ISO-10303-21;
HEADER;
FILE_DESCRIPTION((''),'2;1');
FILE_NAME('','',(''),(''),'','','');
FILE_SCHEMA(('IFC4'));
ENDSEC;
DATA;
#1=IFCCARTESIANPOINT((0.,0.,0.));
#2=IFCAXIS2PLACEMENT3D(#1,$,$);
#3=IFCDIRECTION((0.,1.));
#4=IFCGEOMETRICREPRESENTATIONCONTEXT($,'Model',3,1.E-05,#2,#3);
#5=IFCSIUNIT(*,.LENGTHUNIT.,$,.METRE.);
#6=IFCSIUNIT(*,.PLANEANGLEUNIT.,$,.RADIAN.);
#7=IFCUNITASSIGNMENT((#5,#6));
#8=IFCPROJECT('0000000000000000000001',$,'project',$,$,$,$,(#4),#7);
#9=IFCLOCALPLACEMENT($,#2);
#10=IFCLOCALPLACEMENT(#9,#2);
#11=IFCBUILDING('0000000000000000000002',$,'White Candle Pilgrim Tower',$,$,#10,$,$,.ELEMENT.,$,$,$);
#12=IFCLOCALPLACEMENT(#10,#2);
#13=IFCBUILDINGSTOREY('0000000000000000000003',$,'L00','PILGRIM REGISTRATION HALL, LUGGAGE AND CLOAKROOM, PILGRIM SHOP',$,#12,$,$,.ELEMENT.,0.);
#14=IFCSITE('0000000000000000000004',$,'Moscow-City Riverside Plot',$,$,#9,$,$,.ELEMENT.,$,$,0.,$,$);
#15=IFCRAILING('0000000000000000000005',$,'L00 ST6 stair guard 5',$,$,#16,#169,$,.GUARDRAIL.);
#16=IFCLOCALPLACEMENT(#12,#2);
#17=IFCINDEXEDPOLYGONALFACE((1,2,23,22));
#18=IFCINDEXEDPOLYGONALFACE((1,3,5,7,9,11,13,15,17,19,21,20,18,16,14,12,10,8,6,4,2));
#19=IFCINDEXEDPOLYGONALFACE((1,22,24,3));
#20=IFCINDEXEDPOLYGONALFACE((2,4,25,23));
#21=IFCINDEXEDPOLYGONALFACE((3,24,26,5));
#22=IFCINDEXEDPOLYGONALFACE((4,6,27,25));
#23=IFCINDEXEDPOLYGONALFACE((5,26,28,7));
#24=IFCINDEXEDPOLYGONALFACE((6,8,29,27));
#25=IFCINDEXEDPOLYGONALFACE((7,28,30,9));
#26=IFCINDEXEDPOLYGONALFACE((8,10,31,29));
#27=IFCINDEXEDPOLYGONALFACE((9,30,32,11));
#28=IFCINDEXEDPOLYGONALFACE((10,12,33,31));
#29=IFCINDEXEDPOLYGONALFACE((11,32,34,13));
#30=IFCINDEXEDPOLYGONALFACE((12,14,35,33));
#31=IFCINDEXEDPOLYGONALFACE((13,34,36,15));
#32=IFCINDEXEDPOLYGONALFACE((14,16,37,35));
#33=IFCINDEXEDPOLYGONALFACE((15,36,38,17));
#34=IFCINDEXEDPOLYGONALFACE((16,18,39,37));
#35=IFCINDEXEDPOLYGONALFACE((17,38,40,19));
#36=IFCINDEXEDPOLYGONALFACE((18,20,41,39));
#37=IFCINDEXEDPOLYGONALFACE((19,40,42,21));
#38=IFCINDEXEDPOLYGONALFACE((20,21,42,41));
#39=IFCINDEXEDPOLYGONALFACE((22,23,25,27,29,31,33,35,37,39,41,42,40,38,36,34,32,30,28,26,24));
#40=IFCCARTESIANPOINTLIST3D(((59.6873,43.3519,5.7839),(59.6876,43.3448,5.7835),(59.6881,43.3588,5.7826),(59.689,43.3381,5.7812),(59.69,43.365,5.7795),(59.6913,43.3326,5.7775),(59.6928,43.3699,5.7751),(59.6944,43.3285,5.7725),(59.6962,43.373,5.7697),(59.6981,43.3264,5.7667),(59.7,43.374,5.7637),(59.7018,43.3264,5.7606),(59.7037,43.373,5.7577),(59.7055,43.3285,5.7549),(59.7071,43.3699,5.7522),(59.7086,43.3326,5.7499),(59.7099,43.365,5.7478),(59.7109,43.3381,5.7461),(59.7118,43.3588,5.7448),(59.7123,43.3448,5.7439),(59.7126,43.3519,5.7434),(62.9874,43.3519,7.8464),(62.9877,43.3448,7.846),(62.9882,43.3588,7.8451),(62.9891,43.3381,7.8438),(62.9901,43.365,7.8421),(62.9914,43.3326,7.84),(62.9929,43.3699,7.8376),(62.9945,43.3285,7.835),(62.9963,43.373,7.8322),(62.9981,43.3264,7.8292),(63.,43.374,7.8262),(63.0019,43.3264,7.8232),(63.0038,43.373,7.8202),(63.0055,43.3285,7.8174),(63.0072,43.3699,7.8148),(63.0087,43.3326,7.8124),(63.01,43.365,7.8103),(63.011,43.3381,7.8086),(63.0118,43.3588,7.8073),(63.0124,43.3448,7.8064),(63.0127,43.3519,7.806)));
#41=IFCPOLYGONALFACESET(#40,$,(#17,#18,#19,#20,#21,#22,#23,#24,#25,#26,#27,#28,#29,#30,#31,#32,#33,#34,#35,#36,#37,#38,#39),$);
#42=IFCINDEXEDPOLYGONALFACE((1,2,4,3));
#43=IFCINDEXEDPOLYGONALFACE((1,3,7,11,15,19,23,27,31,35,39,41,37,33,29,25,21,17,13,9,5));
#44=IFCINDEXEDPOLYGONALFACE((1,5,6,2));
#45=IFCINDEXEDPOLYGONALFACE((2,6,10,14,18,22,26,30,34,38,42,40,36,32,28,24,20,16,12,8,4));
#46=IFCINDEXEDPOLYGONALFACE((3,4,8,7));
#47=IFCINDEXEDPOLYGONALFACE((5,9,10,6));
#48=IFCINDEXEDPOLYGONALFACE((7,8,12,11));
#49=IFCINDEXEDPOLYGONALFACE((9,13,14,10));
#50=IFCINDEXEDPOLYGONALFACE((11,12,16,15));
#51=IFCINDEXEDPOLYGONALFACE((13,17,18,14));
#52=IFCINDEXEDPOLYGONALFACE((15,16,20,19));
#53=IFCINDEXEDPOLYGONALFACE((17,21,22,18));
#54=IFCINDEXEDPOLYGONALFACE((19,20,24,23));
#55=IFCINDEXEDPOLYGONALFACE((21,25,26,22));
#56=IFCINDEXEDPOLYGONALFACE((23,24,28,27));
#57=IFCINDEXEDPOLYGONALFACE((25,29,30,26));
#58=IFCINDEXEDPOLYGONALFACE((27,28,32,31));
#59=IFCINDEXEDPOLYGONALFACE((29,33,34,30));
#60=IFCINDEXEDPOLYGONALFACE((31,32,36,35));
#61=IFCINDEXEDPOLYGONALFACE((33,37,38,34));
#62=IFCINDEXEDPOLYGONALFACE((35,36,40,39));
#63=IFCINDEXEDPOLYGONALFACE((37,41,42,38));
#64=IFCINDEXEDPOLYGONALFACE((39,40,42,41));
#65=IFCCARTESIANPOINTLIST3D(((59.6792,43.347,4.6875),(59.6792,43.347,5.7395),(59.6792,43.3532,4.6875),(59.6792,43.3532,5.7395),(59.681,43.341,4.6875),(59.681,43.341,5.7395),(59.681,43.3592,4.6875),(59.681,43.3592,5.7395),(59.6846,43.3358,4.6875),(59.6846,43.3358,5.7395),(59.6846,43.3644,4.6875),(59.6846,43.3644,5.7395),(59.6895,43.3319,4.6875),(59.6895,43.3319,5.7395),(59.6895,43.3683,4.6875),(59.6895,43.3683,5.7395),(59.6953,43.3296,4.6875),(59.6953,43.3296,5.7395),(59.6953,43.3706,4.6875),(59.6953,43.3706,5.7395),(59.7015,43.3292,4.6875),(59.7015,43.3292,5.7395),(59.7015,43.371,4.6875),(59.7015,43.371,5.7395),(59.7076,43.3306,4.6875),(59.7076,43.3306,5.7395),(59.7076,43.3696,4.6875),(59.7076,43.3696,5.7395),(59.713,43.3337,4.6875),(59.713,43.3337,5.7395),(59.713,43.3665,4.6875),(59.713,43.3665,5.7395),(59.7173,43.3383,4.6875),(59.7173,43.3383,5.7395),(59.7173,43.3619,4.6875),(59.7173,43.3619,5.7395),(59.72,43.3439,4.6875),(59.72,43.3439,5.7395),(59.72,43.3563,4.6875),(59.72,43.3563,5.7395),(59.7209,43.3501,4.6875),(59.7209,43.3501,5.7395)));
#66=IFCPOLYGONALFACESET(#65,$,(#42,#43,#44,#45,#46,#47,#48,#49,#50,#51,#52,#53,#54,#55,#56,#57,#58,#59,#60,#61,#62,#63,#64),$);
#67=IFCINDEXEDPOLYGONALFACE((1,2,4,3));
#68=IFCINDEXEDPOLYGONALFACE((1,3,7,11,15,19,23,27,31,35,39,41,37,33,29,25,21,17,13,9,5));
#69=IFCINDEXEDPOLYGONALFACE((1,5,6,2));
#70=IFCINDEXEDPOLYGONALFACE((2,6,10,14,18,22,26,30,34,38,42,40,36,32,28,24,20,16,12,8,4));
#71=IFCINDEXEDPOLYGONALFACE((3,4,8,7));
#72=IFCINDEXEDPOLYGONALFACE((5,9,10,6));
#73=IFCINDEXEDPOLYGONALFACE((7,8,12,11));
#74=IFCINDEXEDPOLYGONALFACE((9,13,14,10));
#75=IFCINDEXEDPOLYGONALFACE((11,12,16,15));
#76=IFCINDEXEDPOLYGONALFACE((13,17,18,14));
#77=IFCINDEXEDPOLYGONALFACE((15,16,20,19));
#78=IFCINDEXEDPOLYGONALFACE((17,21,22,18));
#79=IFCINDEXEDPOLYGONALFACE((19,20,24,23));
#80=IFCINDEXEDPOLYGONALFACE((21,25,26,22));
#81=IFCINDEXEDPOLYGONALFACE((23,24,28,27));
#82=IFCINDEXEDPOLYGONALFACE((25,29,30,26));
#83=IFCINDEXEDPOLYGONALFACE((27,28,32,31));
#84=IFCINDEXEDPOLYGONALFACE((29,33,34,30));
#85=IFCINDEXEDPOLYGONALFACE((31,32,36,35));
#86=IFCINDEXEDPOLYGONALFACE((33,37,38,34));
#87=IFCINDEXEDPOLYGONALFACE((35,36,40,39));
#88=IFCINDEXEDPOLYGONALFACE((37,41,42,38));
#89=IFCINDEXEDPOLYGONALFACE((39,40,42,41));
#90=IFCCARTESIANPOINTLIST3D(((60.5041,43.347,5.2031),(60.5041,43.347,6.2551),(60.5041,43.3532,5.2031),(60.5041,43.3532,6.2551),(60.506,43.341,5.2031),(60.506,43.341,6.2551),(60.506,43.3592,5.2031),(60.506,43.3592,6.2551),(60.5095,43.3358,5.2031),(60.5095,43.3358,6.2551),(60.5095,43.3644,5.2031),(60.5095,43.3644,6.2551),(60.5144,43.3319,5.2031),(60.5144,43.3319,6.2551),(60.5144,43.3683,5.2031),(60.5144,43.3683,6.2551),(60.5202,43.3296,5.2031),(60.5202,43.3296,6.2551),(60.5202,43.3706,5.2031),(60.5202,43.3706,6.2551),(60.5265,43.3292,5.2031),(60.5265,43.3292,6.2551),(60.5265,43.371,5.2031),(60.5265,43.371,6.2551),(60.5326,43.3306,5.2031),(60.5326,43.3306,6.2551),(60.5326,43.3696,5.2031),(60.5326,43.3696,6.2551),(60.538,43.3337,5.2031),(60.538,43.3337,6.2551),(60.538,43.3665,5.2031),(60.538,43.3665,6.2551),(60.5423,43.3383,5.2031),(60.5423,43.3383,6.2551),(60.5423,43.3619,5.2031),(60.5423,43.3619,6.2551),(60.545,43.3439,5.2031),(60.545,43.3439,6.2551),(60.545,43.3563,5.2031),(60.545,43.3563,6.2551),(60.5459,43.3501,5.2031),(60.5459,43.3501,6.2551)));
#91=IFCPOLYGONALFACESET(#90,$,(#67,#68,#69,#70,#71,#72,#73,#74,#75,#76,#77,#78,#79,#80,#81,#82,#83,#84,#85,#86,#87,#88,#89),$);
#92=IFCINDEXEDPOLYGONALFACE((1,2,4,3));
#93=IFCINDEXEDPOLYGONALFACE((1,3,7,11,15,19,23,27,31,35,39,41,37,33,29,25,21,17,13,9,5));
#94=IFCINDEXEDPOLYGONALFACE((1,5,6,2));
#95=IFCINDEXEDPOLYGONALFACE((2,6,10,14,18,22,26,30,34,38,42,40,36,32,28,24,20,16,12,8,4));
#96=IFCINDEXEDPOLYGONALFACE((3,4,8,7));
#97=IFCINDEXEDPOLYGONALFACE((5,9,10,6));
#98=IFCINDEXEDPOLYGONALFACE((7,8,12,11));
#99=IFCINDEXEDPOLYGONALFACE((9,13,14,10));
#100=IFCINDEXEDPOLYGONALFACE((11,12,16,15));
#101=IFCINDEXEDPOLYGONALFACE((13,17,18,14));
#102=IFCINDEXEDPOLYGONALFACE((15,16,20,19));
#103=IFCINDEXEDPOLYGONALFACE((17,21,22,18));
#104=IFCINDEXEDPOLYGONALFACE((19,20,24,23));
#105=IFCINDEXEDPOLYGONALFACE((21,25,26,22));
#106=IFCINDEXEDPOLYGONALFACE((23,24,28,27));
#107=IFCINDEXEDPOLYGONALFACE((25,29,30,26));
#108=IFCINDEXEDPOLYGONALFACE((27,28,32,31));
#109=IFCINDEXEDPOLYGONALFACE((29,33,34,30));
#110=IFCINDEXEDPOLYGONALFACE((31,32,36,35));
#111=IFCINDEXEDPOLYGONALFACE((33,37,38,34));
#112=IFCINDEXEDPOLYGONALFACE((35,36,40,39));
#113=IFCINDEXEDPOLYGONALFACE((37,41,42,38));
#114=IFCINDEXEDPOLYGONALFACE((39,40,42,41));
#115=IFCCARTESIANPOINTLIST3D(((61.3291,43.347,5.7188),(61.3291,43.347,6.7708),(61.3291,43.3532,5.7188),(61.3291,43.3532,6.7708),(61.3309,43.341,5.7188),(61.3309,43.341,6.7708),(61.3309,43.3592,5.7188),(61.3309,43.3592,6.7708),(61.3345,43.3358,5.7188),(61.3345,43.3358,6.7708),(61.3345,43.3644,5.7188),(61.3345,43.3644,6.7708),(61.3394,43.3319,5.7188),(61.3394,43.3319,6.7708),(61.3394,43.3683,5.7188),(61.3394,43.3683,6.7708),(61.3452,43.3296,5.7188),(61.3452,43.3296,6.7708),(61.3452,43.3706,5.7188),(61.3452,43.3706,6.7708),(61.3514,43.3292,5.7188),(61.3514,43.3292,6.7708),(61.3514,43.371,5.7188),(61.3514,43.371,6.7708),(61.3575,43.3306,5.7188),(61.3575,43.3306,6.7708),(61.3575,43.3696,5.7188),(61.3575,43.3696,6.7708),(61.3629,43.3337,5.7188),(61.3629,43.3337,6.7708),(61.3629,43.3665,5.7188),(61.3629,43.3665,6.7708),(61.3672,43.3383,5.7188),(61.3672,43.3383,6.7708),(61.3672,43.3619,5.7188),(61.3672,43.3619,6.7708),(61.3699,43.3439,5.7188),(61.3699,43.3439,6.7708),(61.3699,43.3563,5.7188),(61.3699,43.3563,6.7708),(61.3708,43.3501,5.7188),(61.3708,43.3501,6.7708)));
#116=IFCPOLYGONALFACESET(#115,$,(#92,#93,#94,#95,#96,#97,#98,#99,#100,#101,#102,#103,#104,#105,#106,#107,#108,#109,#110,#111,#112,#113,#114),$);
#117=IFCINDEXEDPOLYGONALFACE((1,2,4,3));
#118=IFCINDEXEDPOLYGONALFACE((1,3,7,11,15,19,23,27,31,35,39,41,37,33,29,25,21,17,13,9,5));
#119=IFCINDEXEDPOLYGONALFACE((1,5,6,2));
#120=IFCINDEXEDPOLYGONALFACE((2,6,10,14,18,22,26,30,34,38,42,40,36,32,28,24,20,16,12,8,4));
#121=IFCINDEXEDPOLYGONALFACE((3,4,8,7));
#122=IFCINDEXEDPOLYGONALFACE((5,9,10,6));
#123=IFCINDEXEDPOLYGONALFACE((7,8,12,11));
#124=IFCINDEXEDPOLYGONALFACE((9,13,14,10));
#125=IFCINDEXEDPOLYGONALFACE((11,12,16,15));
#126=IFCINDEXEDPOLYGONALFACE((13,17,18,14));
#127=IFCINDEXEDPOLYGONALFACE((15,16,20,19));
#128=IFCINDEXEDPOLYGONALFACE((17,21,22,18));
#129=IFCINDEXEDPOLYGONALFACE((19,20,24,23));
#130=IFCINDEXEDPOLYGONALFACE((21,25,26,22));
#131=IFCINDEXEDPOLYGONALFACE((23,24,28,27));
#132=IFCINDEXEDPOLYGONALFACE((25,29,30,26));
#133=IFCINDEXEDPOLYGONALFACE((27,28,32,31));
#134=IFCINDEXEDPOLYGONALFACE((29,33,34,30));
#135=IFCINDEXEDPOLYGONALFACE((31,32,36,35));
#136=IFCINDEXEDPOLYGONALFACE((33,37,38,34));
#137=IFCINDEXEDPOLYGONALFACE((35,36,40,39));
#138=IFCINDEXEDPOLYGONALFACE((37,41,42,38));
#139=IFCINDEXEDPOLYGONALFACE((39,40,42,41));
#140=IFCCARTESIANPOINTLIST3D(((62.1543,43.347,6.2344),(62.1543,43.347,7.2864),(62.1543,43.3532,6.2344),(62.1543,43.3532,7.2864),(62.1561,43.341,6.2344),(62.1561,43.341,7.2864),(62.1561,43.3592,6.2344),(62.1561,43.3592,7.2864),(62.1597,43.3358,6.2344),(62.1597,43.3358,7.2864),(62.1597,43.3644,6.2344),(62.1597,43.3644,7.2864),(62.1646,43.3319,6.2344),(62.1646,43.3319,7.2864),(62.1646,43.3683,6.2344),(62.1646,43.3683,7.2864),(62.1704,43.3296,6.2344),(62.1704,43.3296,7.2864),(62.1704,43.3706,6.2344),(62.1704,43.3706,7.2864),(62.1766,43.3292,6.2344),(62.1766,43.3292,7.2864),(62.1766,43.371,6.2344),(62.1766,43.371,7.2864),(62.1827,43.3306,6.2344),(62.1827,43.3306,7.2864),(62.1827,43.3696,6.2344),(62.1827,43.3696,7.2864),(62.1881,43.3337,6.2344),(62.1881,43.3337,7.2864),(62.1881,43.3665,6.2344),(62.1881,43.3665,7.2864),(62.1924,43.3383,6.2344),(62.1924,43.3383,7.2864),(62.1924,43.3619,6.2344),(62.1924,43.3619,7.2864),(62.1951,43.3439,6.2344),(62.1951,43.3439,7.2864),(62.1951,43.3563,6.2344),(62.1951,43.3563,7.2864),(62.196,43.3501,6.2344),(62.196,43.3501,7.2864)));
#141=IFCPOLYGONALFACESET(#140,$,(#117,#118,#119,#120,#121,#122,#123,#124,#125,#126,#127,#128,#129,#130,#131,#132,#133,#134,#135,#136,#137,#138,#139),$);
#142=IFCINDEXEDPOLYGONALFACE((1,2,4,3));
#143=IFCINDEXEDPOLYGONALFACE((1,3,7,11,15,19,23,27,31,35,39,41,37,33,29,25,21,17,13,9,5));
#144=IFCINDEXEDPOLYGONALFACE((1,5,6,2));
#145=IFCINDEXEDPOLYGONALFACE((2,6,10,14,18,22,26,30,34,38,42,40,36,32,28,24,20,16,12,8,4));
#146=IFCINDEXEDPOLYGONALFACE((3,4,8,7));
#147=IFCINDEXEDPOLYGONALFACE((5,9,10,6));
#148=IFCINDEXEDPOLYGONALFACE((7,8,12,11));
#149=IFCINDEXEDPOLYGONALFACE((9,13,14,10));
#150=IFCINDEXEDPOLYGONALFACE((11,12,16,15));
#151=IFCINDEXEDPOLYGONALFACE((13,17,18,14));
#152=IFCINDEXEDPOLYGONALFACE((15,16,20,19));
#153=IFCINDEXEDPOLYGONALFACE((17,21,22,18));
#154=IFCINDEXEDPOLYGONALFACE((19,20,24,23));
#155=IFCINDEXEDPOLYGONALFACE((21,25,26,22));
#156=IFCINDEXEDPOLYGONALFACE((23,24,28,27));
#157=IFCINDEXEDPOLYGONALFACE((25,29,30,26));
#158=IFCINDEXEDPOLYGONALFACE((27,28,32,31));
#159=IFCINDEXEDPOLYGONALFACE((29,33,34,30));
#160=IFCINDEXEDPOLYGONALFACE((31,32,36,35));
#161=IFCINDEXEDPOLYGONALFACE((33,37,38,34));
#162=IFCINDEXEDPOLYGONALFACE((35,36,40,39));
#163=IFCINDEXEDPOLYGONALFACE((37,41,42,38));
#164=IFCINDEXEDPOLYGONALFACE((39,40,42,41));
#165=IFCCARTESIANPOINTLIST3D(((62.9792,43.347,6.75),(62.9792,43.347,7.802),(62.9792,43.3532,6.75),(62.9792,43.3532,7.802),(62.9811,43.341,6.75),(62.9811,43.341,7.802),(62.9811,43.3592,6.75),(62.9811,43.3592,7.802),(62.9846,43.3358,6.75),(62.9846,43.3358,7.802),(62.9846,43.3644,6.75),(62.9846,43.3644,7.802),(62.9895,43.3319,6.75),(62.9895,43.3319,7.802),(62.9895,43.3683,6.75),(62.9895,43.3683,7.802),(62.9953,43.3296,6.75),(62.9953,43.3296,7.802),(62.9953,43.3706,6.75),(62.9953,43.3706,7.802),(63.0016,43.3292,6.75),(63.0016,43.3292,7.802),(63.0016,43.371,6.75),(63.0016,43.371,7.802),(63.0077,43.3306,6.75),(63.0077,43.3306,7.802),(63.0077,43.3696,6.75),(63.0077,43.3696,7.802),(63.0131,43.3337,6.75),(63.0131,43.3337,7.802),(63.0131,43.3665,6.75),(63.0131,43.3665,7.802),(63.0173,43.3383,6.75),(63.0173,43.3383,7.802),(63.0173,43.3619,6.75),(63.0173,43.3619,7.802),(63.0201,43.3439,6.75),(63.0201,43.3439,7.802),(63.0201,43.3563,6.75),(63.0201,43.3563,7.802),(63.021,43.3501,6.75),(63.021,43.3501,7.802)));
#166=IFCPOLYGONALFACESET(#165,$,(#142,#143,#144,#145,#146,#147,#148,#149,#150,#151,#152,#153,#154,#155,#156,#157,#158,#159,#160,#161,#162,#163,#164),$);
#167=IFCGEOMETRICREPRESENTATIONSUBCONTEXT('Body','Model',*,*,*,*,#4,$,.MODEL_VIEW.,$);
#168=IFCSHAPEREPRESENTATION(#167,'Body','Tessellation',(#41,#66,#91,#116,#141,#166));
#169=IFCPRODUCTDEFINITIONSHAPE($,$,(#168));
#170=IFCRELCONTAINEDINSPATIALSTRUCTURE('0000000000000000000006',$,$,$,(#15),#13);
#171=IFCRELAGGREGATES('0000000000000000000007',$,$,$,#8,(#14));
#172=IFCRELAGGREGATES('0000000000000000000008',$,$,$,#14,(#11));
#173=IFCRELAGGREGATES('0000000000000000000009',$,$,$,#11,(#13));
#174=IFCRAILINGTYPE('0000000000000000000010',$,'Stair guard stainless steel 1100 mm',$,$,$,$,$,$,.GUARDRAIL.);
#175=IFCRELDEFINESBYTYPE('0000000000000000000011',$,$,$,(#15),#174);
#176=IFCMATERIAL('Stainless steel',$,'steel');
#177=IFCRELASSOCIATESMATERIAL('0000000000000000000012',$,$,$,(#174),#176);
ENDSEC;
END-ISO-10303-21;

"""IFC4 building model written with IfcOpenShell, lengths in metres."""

from ifc_helpers import new_model, si_unit, direction, frame, origin, origin_2d, place, context, subcontext, project, spatial, circle, extrude, material, type_object, element, save


model = new_model("IFC4")

# Units and contexts
model_context = context("Model", 3, precision=1e-05, world=origin(), true_north=direction((0.0, 1.0)))
body_context = subcontext(model_context, "Body", "Model", "MODEL_VIEW")
ifc_project = project(units=[si_unit("LENGTHUNIT", "METRE"), si_unit("PLANEANGLEUNIT", "RADIAN")], contexts=[model_context])

# Site, building, storey
site_placement = place(None, origin())
site = spatial("IfcSite", under=ifc_project, at=site_placement, Name="Moscow-City Riverside Plot", CompositionType="ELEMENT", RefElevation=0.0)
building_placement = place(site_placement, origin())
building = spatial("IfcBuilding", under=site, at=building_placement, Name="White Candle Pilgrim Tower", CompositionType="ELEMENT")
storey_placement = place(building_placement, origin())
storey = spatial("IfcBuildingStorey", under=building, at=storey_placement, Name="L00", Description="PILGRIM REGISTRATION HALL, LUGGAGE AND CLOAKROOM, PILGRIM SHOP", CompositionType="ELEMENT", Elevation=0.0)

# Railing
ifc_material_1 = material(Name="Stainless steel", Category="steel")
railing_type_1 = type_object("IfcRailingType", Name="Stair guard stainless steel 1100 mm", PredefinedType="GUARDRAIL", material=ifc_material_1)
railing_1_placement = place(storey_placement, frame((59.7, 43.3501, 4.6875)))
element("IfcRailing", 1, at=railing_1_placement, inside=storey, type_object=railing_type_1, Name="L00 ST6 stair guard 5", PredefinedType="GUARDRAIL", context=body_context, shape_type="SweptSolid", body=[
    extrude(circle(Radius=0.0239, at=origin_2d()), frame((0.0, 0.0, 1.0762), z_axis=(0.848002, 0.0, 0.529993), x_axis=(0.0, 1.0, 0.0)), (0.0, 0.0, 1.0), 3.8916),
    extrude(circle(Radius=0.021, at=origin_2d()), origin(), (0.0, 0.0, 1.0), 1.052),
    extrude(circle(Radius=0.021, at=origin_2d()), frame((0.825, 0.0, 0.5156)), (0.0, 0.0, 1.0), 1.052),
    extrude(circle(Radius=0.021, at=origin_2d()), frame((1.6499, 0.0, 1.0312)), (0.0, 0.0, 1.0), 1.052),
    extrude(circle(Radius=0.021, at=origin_2d()), frame((2.4751, 0.0, 1.5469)), (0.0, 0.0, 1.0), 1.052),
    extrude(circle(Radius=0.021, at=origin_2d()), frame((3.3, 0.0, 2.0625)), (0.0, 0.0, 1.0), 1.052),
])

save(model, "model.ifc")
